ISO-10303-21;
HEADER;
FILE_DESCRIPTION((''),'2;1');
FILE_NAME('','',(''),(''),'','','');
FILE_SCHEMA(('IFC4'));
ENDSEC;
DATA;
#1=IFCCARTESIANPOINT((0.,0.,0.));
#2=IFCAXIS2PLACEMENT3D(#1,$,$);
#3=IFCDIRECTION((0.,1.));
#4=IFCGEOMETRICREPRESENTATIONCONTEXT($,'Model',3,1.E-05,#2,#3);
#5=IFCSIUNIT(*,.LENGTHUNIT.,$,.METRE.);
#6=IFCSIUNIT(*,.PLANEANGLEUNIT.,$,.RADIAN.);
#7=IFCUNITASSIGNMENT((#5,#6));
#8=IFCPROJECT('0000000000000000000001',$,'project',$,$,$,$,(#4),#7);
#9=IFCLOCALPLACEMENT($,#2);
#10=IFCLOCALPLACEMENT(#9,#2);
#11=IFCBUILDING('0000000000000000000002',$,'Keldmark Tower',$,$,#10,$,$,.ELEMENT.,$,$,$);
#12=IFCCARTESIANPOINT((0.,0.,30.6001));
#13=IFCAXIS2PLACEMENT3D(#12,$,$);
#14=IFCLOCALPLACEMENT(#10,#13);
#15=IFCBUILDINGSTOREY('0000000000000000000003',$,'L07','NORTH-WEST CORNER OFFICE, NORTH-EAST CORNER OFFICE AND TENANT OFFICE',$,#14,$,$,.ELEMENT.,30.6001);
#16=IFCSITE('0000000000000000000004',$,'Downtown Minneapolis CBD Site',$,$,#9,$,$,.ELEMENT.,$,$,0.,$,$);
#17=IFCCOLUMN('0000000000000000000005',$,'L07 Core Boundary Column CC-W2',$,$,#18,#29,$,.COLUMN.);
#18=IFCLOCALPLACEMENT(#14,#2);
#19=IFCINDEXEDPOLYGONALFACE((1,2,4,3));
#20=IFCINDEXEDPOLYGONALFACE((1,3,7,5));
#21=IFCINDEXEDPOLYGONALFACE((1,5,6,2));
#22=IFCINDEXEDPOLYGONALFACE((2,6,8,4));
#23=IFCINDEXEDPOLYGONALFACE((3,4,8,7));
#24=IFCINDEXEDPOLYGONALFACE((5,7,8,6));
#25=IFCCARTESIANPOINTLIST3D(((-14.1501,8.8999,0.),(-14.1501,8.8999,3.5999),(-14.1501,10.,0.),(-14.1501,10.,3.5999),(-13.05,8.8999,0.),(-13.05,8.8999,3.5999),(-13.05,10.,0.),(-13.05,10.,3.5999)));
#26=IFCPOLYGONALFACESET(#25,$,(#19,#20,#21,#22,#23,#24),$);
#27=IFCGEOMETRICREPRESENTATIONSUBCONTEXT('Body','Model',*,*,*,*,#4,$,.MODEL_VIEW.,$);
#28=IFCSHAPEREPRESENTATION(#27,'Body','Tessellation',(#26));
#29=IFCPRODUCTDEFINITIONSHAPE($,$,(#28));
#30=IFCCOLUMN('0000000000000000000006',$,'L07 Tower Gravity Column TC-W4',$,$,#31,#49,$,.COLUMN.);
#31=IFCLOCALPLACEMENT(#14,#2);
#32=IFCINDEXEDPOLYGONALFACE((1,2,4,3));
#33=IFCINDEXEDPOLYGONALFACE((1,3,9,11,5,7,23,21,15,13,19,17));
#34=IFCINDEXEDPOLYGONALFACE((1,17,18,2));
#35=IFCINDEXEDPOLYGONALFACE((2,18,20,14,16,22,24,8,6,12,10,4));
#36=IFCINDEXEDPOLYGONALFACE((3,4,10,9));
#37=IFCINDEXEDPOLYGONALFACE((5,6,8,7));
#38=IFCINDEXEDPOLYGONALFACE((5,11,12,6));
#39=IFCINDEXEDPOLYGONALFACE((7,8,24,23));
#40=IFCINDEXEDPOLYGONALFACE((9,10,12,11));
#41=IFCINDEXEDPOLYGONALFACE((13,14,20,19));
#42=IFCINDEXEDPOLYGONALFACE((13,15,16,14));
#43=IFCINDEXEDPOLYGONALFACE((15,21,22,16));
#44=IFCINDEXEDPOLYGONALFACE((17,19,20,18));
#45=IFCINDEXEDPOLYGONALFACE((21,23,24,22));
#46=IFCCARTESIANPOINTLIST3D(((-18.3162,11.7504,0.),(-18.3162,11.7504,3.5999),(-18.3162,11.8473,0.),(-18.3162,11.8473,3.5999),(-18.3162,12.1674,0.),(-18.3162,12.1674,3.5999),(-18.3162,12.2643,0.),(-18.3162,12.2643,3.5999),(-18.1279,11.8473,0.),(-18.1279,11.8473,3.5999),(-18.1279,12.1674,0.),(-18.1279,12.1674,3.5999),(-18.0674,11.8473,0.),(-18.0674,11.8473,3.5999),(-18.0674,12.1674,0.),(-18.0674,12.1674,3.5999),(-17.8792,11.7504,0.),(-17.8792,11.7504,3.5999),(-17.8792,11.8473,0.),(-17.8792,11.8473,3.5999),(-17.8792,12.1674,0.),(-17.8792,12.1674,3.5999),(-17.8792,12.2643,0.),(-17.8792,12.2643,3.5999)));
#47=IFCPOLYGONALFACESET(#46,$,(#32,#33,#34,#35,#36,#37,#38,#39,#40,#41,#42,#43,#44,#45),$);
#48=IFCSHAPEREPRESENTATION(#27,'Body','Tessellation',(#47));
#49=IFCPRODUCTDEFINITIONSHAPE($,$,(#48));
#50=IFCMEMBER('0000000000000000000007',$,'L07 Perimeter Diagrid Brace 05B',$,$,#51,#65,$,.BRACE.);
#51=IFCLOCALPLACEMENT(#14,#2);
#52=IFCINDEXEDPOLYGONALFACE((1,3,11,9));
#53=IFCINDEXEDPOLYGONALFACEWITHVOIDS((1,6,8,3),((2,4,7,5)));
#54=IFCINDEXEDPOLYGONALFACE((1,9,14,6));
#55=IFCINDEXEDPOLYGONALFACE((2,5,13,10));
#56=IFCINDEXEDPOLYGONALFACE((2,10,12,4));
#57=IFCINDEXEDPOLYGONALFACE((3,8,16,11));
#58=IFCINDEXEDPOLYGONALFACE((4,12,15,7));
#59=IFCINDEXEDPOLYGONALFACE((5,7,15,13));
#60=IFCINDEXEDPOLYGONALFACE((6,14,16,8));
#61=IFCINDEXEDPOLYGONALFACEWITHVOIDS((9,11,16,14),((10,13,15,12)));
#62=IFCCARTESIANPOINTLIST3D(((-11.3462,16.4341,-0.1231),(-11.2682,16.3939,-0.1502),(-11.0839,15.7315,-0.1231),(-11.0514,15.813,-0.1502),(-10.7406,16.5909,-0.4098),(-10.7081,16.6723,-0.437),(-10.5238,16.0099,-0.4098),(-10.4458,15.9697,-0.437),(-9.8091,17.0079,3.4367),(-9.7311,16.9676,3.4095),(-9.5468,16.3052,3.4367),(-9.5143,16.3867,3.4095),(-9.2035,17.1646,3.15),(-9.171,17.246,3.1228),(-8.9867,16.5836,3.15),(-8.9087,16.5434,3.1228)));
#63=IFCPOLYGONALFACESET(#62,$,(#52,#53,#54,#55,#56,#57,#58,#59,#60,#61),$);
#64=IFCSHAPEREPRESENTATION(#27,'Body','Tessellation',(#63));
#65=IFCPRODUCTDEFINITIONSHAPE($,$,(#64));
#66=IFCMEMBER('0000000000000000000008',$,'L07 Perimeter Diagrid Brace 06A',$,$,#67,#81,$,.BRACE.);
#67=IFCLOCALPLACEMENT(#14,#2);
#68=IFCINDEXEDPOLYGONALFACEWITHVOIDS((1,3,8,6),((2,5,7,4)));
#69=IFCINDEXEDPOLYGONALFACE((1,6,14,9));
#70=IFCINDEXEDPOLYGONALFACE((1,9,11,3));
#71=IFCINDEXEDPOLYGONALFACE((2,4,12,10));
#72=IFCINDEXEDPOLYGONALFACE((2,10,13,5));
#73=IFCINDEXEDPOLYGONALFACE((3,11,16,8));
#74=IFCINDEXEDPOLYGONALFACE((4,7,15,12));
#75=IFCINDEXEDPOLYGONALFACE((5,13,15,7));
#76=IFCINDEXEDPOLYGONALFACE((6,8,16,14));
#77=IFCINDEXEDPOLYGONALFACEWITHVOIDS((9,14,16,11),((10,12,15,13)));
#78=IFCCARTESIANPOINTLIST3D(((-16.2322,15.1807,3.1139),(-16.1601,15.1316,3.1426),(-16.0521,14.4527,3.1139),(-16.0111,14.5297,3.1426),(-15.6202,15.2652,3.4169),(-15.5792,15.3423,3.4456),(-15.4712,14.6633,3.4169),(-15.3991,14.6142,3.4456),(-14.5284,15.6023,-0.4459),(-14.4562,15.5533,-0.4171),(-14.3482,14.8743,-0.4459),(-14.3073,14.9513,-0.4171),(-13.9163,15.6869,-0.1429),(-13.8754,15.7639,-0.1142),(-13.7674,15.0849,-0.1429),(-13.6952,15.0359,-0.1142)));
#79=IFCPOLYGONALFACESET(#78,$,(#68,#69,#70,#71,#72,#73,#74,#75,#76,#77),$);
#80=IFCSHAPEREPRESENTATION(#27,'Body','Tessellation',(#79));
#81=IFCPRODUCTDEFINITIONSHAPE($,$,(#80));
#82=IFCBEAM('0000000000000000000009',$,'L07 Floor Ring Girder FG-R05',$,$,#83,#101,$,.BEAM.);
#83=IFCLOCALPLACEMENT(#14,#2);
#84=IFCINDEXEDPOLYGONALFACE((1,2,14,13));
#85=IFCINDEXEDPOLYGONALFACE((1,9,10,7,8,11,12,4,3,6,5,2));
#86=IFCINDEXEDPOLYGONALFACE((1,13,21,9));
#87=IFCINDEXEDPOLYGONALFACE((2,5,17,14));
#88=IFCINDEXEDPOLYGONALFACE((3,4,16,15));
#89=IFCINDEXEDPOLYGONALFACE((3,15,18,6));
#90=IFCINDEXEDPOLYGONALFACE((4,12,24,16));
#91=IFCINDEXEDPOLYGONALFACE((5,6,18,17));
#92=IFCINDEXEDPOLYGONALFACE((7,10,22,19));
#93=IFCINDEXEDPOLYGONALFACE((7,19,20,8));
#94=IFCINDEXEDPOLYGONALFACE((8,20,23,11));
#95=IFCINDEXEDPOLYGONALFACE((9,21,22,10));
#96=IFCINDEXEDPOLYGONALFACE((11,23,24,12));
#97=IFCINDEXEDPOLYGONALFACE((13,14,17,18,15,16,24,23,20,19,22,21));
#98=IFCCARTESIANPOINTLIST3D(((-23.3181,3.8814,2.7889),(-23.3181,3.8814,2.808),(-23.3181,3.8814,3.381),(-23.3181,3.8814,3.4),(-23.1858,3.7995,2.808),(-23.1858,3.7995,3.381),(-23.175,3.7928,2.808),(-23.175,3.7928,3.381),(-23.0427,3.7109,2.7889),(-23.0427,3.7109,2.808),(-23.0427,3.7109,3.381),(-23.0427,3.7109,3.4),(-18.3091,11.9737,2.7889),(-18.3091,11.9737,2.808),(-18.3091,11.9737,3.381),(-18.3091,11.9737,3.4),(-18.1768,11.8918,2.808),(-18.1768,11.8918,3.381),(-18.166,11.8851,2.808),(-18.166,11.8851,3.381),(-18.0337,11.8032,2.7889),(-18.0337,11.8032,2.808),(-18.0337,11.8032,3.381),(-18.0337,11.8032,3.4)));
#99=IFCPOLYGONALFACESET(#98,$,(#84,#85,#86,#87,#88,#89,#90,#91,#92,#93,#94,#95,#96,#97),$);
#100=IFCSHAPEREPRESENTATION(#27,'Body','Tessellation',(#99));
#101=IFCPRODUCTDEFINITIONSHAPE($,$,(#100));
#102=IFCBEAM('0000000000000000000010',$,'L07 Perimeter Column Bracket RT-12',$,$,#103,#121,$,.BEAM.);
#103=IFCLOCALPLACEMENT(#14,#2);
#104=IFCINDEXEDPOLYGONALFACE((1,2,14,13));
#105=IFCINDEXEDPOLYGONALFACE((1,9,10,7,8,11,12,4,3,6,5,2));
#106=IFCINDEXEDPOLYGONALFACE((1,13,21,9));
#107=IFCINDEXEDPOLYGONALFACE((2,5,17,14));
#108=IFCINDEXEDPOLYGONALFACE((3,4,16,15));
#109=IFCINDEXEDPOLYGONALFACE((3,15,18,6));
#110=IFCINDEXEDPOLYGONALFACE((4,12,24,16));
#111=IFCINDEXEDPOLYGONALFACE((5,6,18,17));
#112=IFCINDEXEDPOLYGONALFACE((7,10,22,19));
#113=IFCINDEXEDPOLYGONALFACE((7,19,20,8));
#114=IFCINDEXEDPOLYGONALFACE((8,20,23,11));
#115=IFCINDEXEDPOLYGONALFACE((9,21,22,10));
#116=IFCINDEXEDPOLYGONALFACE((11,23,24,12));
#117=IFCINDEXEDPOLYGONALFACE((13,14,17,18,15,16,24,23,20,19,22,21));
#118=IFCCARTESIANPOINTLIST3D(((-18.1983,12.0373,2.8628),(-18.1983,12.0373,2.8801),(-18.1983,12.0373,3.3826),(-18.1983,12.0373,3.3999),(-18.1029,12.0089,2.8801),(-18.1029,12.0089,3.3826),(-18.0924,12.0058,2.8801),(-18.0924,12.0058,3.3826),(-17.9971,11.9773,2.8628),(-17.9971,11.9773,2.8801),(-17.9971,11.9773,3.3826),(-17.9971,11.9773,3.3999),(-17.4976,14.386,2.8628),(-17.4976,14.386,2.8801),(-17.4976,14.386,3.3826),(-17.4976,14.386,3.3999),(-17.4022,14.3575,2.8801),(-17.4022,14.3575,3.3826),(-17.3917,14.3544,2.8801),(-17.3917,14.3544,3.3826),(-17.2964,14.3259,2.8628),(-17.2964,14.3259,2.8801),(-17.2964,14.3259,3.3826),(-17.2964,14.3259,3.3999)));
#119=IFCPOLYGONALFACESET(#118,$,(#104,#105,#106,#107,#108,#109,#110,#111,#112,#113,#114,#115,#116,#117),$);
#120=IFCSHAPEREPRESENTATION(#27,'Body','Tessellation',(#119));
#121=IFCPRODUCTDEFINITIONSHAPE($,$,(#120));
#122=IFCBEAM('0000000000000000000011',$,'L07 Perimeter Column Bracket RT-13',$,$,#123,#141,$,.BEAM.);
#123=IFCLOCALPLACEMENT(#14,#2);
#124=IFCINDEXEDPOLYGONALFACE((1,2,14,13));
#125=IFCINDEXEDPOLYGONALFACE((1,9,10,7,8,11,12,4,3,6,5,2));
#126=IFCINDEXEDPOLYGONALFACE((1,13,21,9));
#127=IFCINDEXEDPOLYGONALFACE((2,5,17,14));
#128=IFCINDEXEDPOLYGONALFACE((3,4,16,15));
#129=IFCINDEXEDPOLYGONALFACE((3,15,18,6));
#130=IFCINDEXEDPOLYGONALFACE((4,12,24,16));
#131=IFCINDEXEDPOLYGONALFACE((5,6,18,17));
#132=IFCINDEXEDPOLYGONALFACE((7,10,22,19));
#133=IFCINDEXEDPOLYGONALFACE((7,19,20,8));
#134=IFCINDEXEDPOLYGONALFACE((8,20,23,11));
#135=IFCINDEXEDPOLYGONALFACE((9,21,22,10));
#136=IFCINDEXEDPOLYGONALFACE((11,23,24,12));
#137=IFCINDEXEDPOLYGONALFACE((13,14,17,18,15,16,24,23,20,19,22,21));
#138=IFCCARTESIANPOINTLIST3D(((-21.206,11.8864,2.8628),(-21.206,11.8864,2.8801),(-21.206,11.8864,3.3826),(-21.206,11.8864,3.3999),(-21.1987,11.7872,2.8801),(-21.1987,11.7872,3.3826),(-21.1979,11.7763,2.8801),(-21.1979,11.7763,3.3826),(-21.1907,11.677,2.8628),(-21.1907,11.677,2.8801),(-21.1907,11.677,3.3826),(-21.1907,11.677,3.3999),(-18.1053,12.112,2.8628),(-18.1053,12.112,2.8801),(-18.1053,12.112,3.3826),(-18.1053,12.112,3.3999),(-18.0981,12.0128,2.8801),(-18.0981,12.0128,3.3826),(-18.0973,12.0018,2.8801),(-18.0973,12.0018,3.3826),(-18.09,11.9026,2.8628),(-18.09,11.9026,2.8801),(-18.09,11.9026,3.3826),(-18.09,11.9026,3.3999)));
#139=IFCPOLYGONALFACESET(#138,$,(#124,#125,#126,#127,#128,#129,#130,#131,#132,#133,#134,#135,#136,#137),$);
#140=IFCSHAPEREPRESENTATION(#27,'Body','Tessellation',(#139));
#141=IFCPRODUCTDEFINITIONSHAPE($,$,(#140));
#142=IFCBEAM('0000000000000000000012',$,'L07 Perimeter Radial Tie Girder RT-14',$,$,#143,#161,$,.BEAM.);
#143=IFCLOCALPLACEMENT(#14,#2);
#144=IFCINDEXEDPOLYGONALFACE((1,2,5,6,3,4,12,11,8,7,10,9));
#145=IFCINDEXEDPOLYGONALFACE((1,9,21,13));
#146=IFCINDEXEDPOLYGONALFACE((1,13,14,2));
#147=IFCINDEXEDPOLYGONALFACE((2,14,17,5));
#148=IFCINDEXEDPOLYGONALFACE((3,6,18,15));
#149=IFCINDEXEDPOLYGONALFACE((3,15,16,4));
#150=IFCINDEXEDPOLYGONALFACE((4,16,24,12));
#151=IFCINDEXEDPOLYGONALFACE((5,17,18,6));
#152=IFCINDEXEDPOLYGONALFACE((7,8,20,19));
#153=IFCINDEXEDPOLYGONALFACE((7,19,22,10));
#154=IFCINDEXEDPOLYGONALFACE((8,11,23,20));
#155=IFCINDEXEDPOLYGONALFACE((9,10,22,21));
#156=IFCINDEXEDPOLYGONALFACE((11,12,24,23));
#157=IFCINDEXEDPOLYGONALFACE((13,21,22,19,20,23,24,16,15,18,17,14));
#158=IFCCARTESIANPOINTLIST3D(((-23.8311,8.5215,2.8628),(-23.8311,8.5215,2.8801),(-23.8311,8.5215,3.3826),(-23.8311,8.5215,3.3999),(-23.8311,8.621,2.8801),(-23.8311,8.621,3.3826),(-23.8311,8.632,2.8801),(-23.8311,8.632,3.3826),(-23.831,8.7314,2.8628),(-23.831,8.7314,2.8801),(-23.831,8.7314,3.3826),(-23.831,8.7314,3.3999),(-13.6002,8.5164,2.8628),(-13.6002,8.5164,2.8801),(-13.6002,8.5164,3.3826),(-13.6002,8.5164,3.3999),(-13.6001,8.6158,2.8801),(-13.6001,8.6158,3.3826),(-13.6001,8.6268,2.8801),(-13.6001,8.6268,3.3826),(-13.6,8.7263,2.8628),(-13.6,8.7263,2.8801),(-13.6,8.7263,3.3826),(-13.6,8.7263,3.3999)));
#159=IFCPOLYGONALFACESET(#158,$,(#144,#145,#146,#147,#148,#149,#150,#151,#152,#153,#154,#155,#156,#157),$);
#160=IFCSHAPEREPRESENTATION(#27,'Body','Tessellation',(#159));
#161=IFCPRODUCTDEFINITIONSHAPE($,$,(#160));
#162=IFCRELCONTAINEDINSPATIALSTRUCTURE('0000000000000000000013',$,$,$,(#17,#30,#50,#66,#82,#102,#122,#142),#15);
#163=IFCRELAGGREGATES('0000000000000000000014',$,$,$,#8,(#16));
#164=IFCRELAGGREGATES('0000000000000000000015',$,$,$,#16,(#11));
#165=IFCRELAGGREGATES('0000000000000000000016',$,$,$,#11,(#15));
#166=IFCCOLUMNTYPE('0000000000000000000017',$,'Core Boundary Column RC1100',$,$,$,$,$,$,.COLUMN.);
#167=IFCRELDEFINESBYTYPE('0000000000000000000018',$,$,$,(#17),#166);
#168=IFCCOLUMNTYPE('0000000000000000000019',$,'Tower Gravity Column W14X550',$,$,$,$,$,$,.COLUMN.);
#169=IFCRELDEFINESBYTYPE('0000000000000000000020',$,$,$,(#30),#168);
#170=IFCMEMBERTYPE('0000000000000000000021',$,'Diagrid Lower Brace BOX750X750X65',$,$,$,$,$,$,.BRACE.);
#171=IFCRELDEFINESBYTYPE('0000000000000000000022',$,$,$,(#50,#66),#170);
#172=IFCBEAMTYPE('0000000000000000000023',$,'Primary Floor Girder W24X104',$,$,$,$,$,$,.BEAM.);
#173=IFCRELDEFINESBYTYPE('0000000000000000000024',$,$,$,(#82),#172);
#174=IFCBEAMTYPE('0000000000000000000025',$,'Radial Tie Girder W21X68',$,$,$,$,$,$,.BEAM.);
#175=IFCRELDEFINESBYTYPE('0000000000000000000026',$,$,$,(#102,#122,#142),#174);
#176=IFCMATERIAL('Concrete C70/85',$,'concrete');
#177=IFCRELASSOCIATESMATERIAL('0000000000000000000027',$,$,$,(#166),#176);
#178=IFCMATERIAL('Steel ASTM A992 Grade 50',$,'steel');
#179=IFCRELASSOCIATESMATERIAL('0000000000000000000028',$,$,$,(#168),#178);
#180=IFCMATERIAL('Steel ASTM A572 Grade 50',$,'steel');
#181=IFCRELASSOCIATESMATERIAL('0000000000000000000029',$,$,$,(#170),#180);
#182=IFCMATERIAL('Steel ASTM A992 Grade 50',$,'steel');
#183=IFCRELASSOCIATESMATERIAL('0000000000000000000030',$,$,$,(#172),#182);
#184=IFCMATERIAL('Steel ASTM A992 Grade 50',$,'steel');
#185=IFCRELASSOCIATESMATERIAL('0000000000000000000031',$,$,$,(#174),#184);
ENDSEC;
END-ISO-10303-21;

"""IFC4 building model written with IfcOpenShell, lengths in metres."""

from ifc_helpers import new_model, si_unit, direction, frame, origin, origin_2d, place, context, subcontext, project, spatial, rectangle, hollow_rectangle, i_section, extrude, material, material_profile, profile_set, type_object, element, save


model = new_model("IFC4")

# Units and contexts
model_context = context("Model", 3, precision=1e-05, world=origin(), true_north=direction((0.0, 1.0)))
body_context = subcontext(model_context, "Body", "Model", "MODEL_VIEW")
ifc_project = project(units=[si_unit("LENGTHUNIT", "METRE"), si_unit("PLANEANGLEUNIT", "RADIAN")], contexts=[model_context])

# Site, building, storey
site_placement = place(None, origin())
site = spatial("IfcSite", under=ifc_project, at=site_placement, Name="Downtown Minneapolis CBD Site", CompositionType="ELEMENT", RefElevation=0.0)
building_placement = place(site_placement, origin())
building = spatial("IfcBuilding", under=site, at=building_placement, Name="Keldmark Tower", CompositionType="ELEMENT")
storey_placement = place(building_placement, frame((0.0, 0.0, 30.6001)))
storey = spatial("IfcBuildingStorey", under=building, at=storey_placement, Name="L07", Description="NORTH-WEST CORNER OFFICE, NORTH-EAST CORNER OFFICE AND TENANT OFFICE", CompositionType="ELEMENT", Elevation=30.6001)

# Columns
ifc_material_1 = material(Name="Concrete C70/85", Category="concrete")
ifc_material_profile_1 = material_profile(ifc_material_1, rectangle(XDim=1.1001, YDim=1.1001, at=origin_2d()), Name="RC1100X1100")
ifc_profile_set_1 = profile_set([ifc_material_profile_1], Name="Concrete C70/85")
column_type_1 = type_object("IfcColumnType", Name="Core Boundary Column RC1100", PredefinedType="COLUMN", material=ifc_profile_set_1)
column_1_placement = place(storey_placement, frame((-13.6001, 9.45, 0.0), z_axis=(0.0, 0.0, 1.0), x_axis=(1.0, 0.0, 0.0)))
element("IfcColumn", 1, at=column_1_placement, inside=storey, type_object=column_type_1, Name="L07 Core Boundary Column CC-W2", PredefinedType="COLUMN", context=body_context, shape_type="SweptSolid", body=[
    extrude(rectangle(XDim=1.1001, YDim=1.1001, at=origin_2d()), origin(), (0.0, 0.0, 1.0), 3.5999),
])
ifc_material_2 = material(Name="Steel ASTM A992 Grade 50", Category="steel")
ifc_material_profile_2 = material_profile(ifc_material_2, i_section(OverallWidth=0.437, OverallDepth=0.5139, WebThickness=0.0605, FlangeThickness=0.0969, at=origin_2d()), Name="W14X550")
ifc_profile_set_2 = profile_set([ifc_material_profile_2], Name="Steel ASTM A992 Grade 50")
column_type_2 = type_object("IfcColumnType", Name="Tower Gravity Column W14X550", PredefinedType="COLUMN", material=ifc_profile_set_2)
column_2_placement = place(storey_placement, frame((-18.0977, 12.0073, 0.0), z_axis=(0.0, 0.0, 1.0), x_axis=(1.0, 0.0, 0.0)))
element("IfcColumn", 2, at=column_2_placement, inside=storey, type_object=column_type_2, Name="L07 Tower Gravity Column TC-W4", PredefinedType="COLUMN", context=body_context, shape_type="SweptSolid", body=[
    extrude(i_section(OverallWidth=0.437, OverallDepth=0.5139, WebThickness=0.0605, FlangeThickness=0.0969, at=origin_2d()), origin(), (0.0, 0.0, 1.0), 3.5999),
])

# Members
ifc_material_3 = material(Name="Steel ASTM A572 Grade 50", Category="steel")
ifc_material_profile_3 = material_profile(ifc_material_3, hollow_rectangle(XDim=0.75, YDim=0.75, WallThickness=0.0649, at=origin_2d()), Name="BOX750X750X65")
ifc_profile_set_3 = profile_set([ifc_material_profile_3], Name="Steel ASTM A572 Grade 50")
member_type = type_object("IfcMemberType", Name="Diagrid Lower Brace BOX750X750X65", PredefinedType="BRACE", material=ifc_profile_set_3)
member_1_placement = place(storey_placement, frame((-10.896, 16.2019, -0.28), z_axis=(0.392148, 0.146371, 0.908182), x_axis=(-0.349688, 0.936866, 0.0)))
element("IfcMember", 3, at=member_1_placement, inside=storey, type_object=member_type, Name="L07 Perimeter Diagrid Brace 05B", PredefinedType="BRACE", context=body_context, shape_type="SweptSolid", body=[
    extrude(hollow_rectangle(XDim=0.75, YDim=0.75, WallThickness=0.0649, at=origin_2d()), origin(), (0.0, 0.0, 1.0), 3.9197),
])
member_2_placement = place(storey_placement, frame((-14.1118, 15.3191, -0.28), z_axis=(-0.429288, -0.10623, 0.896898), x_axis=(0.240211, -0.970721, 0.0)))
element("IfcMember", 4, at=member_2_placement, inside=storey, type_object=member_type, Name="L07 Perimeter Diagrid Brace 06A", PredefinedType="BRACE", context=body_context, shape_type="SweptSolid", body=[
    extrude(hollow_rectangle(XDim=0.75, YDim=0.75, WallThickness=0.0649, at=origin_2d()), origin(), (0.0, 0.0, 1.0), 3.969),
])

# Beams
ifc_material_4 = material(Name="Steel ASTM A992 Grade 50", Category="steel")
ifc_material_profile_4 = material_profile(ifc_material_4, i_section(OverallWidth=0.324, OverallDepth=0.6111, WebThickness=0.0127, FlangeThickness=0.019, at=origin_2d()), Name="W24X104")
ifc_profile_set_4 = profile_set([ifc_material_profile_4], Name="Steel ASTM A992 Grade 50")
beam_type_1 = type_object("IfcBeamType", Name="Primary Floor Girder W24X104", PredefinedType="BEAM", material=ifc_profile_set_4)
beam_1_placement = place(storey_placement, frame((-18.1714, 11.8884, 3.0945), z_axis=(-0.526318, -0.850288, 0.0), x_axis=(0.850288, -0.526318, 0.0)))
element("IfcBeam", 5, at=beam_1_placement, inside=storey, type_object=beam_type_1, Name="L07 Floor Ring Girder FG-R05", PredefinedType="BEAM", context=body_context, shape_type="SweptSolid", body=[
    extrude(i_section(OverallWidth=0.324, OverallDepth=0.6111, WebThickness=0.0127, FlangeThickness=0.019, at=origin_2d()), origin(), (0.0, 0.0, 1.0), 9.5171),
])
ifc_material_5 = material(Name="Steel ASTM A992 Grade 50", Category="steel")
ifc_material_profile_5 = material_profile(ifc_material_5, i_section(OverallWidth=0.21, OverallDepth=0.5371, WebThickness=0.011, FlangeThickness=0.0173, at=origin_2d()), Name="W21X68")
ifc_profile_set_5 = profile_set([ifc_material_profile_5], Name="Steel ASTM A992 Grade 50")
beam_type_2 = type_object("IfcBeamType", Name="Radial Tie Girder W21X68", PredefinedType="BEAM", material=ifc_profile_set_5)
beam_2_placement = place(storey_placement, frame((-18.0977, 12.0073, 3.1313), z_axis=(0.285885, 0.958264, 0.0), x_axis=(-0.958264, 0.285885, 0.0)))
element("IfcBeam", 6, at=beam_2_placement, inside=storey, type_object=beam_type_2, Name="L07 Perimeter Column Bracket RT-12", PredefinedType="BEAM", context=body_context, shape_type="SweptSolid", body=[
    extrude(i_section(OverallWidth=0.21, OverallDepth=0.5371, WebThickness=0.011, FlangeThickness=0.0173, at=origin_2d()), origin(), (0.0, 0.0, 1.0), 2.4509),
])
beam_3_placement = place(storey_placement, frame((-18.0977, 12.0073, 3.1313), z_axis=(-0.997364, -0.072564, 0.0), x_axis=(0.072564, -0.997364, 0.0)))
element("IfcBeam", 7, at=beam_3_placement, inside=storey, type_object=beam_type_2, Name="L07 Perimeter Column Bracket RT-13", PredefinedType="BEAM", context=body_context, shape_type="SweptSolid", body=[
    extrude(i_section(OverallWidth=0.21, OverallDepth=0.5371, WebThickness=0.011, FlangeThickness=0.0173, at=origin_2d()), origin(), (0.0, 0.0, 1.0), 3.1089),
])
beam_4_placement = place(storey_placement, frame((-13.6001, 8.6213, 3.1313), z_axis=(-1.0, 0.000501, 0.0), x_axis=(-0.000501, -1.0, 0.0)))
element("IfcBeam", 8, at=beam_4_placement, inside=storey, type_object=beam_type_2, Name="L07 Perimeter Radial Tie Girder RT-14", PredefinedType="BEAM", context=body_context, shape_type="SweptSolid", body=[
    extrude(i_section(OverallWidth=0.21, OverallDepth=0.5371, WebThickness=0.011, FlangeThickness=0.0173, at=origin_2d()), origin(), (0.0, 0.0, 1.0), 10.231),
])

save(model, "model.ifc")
